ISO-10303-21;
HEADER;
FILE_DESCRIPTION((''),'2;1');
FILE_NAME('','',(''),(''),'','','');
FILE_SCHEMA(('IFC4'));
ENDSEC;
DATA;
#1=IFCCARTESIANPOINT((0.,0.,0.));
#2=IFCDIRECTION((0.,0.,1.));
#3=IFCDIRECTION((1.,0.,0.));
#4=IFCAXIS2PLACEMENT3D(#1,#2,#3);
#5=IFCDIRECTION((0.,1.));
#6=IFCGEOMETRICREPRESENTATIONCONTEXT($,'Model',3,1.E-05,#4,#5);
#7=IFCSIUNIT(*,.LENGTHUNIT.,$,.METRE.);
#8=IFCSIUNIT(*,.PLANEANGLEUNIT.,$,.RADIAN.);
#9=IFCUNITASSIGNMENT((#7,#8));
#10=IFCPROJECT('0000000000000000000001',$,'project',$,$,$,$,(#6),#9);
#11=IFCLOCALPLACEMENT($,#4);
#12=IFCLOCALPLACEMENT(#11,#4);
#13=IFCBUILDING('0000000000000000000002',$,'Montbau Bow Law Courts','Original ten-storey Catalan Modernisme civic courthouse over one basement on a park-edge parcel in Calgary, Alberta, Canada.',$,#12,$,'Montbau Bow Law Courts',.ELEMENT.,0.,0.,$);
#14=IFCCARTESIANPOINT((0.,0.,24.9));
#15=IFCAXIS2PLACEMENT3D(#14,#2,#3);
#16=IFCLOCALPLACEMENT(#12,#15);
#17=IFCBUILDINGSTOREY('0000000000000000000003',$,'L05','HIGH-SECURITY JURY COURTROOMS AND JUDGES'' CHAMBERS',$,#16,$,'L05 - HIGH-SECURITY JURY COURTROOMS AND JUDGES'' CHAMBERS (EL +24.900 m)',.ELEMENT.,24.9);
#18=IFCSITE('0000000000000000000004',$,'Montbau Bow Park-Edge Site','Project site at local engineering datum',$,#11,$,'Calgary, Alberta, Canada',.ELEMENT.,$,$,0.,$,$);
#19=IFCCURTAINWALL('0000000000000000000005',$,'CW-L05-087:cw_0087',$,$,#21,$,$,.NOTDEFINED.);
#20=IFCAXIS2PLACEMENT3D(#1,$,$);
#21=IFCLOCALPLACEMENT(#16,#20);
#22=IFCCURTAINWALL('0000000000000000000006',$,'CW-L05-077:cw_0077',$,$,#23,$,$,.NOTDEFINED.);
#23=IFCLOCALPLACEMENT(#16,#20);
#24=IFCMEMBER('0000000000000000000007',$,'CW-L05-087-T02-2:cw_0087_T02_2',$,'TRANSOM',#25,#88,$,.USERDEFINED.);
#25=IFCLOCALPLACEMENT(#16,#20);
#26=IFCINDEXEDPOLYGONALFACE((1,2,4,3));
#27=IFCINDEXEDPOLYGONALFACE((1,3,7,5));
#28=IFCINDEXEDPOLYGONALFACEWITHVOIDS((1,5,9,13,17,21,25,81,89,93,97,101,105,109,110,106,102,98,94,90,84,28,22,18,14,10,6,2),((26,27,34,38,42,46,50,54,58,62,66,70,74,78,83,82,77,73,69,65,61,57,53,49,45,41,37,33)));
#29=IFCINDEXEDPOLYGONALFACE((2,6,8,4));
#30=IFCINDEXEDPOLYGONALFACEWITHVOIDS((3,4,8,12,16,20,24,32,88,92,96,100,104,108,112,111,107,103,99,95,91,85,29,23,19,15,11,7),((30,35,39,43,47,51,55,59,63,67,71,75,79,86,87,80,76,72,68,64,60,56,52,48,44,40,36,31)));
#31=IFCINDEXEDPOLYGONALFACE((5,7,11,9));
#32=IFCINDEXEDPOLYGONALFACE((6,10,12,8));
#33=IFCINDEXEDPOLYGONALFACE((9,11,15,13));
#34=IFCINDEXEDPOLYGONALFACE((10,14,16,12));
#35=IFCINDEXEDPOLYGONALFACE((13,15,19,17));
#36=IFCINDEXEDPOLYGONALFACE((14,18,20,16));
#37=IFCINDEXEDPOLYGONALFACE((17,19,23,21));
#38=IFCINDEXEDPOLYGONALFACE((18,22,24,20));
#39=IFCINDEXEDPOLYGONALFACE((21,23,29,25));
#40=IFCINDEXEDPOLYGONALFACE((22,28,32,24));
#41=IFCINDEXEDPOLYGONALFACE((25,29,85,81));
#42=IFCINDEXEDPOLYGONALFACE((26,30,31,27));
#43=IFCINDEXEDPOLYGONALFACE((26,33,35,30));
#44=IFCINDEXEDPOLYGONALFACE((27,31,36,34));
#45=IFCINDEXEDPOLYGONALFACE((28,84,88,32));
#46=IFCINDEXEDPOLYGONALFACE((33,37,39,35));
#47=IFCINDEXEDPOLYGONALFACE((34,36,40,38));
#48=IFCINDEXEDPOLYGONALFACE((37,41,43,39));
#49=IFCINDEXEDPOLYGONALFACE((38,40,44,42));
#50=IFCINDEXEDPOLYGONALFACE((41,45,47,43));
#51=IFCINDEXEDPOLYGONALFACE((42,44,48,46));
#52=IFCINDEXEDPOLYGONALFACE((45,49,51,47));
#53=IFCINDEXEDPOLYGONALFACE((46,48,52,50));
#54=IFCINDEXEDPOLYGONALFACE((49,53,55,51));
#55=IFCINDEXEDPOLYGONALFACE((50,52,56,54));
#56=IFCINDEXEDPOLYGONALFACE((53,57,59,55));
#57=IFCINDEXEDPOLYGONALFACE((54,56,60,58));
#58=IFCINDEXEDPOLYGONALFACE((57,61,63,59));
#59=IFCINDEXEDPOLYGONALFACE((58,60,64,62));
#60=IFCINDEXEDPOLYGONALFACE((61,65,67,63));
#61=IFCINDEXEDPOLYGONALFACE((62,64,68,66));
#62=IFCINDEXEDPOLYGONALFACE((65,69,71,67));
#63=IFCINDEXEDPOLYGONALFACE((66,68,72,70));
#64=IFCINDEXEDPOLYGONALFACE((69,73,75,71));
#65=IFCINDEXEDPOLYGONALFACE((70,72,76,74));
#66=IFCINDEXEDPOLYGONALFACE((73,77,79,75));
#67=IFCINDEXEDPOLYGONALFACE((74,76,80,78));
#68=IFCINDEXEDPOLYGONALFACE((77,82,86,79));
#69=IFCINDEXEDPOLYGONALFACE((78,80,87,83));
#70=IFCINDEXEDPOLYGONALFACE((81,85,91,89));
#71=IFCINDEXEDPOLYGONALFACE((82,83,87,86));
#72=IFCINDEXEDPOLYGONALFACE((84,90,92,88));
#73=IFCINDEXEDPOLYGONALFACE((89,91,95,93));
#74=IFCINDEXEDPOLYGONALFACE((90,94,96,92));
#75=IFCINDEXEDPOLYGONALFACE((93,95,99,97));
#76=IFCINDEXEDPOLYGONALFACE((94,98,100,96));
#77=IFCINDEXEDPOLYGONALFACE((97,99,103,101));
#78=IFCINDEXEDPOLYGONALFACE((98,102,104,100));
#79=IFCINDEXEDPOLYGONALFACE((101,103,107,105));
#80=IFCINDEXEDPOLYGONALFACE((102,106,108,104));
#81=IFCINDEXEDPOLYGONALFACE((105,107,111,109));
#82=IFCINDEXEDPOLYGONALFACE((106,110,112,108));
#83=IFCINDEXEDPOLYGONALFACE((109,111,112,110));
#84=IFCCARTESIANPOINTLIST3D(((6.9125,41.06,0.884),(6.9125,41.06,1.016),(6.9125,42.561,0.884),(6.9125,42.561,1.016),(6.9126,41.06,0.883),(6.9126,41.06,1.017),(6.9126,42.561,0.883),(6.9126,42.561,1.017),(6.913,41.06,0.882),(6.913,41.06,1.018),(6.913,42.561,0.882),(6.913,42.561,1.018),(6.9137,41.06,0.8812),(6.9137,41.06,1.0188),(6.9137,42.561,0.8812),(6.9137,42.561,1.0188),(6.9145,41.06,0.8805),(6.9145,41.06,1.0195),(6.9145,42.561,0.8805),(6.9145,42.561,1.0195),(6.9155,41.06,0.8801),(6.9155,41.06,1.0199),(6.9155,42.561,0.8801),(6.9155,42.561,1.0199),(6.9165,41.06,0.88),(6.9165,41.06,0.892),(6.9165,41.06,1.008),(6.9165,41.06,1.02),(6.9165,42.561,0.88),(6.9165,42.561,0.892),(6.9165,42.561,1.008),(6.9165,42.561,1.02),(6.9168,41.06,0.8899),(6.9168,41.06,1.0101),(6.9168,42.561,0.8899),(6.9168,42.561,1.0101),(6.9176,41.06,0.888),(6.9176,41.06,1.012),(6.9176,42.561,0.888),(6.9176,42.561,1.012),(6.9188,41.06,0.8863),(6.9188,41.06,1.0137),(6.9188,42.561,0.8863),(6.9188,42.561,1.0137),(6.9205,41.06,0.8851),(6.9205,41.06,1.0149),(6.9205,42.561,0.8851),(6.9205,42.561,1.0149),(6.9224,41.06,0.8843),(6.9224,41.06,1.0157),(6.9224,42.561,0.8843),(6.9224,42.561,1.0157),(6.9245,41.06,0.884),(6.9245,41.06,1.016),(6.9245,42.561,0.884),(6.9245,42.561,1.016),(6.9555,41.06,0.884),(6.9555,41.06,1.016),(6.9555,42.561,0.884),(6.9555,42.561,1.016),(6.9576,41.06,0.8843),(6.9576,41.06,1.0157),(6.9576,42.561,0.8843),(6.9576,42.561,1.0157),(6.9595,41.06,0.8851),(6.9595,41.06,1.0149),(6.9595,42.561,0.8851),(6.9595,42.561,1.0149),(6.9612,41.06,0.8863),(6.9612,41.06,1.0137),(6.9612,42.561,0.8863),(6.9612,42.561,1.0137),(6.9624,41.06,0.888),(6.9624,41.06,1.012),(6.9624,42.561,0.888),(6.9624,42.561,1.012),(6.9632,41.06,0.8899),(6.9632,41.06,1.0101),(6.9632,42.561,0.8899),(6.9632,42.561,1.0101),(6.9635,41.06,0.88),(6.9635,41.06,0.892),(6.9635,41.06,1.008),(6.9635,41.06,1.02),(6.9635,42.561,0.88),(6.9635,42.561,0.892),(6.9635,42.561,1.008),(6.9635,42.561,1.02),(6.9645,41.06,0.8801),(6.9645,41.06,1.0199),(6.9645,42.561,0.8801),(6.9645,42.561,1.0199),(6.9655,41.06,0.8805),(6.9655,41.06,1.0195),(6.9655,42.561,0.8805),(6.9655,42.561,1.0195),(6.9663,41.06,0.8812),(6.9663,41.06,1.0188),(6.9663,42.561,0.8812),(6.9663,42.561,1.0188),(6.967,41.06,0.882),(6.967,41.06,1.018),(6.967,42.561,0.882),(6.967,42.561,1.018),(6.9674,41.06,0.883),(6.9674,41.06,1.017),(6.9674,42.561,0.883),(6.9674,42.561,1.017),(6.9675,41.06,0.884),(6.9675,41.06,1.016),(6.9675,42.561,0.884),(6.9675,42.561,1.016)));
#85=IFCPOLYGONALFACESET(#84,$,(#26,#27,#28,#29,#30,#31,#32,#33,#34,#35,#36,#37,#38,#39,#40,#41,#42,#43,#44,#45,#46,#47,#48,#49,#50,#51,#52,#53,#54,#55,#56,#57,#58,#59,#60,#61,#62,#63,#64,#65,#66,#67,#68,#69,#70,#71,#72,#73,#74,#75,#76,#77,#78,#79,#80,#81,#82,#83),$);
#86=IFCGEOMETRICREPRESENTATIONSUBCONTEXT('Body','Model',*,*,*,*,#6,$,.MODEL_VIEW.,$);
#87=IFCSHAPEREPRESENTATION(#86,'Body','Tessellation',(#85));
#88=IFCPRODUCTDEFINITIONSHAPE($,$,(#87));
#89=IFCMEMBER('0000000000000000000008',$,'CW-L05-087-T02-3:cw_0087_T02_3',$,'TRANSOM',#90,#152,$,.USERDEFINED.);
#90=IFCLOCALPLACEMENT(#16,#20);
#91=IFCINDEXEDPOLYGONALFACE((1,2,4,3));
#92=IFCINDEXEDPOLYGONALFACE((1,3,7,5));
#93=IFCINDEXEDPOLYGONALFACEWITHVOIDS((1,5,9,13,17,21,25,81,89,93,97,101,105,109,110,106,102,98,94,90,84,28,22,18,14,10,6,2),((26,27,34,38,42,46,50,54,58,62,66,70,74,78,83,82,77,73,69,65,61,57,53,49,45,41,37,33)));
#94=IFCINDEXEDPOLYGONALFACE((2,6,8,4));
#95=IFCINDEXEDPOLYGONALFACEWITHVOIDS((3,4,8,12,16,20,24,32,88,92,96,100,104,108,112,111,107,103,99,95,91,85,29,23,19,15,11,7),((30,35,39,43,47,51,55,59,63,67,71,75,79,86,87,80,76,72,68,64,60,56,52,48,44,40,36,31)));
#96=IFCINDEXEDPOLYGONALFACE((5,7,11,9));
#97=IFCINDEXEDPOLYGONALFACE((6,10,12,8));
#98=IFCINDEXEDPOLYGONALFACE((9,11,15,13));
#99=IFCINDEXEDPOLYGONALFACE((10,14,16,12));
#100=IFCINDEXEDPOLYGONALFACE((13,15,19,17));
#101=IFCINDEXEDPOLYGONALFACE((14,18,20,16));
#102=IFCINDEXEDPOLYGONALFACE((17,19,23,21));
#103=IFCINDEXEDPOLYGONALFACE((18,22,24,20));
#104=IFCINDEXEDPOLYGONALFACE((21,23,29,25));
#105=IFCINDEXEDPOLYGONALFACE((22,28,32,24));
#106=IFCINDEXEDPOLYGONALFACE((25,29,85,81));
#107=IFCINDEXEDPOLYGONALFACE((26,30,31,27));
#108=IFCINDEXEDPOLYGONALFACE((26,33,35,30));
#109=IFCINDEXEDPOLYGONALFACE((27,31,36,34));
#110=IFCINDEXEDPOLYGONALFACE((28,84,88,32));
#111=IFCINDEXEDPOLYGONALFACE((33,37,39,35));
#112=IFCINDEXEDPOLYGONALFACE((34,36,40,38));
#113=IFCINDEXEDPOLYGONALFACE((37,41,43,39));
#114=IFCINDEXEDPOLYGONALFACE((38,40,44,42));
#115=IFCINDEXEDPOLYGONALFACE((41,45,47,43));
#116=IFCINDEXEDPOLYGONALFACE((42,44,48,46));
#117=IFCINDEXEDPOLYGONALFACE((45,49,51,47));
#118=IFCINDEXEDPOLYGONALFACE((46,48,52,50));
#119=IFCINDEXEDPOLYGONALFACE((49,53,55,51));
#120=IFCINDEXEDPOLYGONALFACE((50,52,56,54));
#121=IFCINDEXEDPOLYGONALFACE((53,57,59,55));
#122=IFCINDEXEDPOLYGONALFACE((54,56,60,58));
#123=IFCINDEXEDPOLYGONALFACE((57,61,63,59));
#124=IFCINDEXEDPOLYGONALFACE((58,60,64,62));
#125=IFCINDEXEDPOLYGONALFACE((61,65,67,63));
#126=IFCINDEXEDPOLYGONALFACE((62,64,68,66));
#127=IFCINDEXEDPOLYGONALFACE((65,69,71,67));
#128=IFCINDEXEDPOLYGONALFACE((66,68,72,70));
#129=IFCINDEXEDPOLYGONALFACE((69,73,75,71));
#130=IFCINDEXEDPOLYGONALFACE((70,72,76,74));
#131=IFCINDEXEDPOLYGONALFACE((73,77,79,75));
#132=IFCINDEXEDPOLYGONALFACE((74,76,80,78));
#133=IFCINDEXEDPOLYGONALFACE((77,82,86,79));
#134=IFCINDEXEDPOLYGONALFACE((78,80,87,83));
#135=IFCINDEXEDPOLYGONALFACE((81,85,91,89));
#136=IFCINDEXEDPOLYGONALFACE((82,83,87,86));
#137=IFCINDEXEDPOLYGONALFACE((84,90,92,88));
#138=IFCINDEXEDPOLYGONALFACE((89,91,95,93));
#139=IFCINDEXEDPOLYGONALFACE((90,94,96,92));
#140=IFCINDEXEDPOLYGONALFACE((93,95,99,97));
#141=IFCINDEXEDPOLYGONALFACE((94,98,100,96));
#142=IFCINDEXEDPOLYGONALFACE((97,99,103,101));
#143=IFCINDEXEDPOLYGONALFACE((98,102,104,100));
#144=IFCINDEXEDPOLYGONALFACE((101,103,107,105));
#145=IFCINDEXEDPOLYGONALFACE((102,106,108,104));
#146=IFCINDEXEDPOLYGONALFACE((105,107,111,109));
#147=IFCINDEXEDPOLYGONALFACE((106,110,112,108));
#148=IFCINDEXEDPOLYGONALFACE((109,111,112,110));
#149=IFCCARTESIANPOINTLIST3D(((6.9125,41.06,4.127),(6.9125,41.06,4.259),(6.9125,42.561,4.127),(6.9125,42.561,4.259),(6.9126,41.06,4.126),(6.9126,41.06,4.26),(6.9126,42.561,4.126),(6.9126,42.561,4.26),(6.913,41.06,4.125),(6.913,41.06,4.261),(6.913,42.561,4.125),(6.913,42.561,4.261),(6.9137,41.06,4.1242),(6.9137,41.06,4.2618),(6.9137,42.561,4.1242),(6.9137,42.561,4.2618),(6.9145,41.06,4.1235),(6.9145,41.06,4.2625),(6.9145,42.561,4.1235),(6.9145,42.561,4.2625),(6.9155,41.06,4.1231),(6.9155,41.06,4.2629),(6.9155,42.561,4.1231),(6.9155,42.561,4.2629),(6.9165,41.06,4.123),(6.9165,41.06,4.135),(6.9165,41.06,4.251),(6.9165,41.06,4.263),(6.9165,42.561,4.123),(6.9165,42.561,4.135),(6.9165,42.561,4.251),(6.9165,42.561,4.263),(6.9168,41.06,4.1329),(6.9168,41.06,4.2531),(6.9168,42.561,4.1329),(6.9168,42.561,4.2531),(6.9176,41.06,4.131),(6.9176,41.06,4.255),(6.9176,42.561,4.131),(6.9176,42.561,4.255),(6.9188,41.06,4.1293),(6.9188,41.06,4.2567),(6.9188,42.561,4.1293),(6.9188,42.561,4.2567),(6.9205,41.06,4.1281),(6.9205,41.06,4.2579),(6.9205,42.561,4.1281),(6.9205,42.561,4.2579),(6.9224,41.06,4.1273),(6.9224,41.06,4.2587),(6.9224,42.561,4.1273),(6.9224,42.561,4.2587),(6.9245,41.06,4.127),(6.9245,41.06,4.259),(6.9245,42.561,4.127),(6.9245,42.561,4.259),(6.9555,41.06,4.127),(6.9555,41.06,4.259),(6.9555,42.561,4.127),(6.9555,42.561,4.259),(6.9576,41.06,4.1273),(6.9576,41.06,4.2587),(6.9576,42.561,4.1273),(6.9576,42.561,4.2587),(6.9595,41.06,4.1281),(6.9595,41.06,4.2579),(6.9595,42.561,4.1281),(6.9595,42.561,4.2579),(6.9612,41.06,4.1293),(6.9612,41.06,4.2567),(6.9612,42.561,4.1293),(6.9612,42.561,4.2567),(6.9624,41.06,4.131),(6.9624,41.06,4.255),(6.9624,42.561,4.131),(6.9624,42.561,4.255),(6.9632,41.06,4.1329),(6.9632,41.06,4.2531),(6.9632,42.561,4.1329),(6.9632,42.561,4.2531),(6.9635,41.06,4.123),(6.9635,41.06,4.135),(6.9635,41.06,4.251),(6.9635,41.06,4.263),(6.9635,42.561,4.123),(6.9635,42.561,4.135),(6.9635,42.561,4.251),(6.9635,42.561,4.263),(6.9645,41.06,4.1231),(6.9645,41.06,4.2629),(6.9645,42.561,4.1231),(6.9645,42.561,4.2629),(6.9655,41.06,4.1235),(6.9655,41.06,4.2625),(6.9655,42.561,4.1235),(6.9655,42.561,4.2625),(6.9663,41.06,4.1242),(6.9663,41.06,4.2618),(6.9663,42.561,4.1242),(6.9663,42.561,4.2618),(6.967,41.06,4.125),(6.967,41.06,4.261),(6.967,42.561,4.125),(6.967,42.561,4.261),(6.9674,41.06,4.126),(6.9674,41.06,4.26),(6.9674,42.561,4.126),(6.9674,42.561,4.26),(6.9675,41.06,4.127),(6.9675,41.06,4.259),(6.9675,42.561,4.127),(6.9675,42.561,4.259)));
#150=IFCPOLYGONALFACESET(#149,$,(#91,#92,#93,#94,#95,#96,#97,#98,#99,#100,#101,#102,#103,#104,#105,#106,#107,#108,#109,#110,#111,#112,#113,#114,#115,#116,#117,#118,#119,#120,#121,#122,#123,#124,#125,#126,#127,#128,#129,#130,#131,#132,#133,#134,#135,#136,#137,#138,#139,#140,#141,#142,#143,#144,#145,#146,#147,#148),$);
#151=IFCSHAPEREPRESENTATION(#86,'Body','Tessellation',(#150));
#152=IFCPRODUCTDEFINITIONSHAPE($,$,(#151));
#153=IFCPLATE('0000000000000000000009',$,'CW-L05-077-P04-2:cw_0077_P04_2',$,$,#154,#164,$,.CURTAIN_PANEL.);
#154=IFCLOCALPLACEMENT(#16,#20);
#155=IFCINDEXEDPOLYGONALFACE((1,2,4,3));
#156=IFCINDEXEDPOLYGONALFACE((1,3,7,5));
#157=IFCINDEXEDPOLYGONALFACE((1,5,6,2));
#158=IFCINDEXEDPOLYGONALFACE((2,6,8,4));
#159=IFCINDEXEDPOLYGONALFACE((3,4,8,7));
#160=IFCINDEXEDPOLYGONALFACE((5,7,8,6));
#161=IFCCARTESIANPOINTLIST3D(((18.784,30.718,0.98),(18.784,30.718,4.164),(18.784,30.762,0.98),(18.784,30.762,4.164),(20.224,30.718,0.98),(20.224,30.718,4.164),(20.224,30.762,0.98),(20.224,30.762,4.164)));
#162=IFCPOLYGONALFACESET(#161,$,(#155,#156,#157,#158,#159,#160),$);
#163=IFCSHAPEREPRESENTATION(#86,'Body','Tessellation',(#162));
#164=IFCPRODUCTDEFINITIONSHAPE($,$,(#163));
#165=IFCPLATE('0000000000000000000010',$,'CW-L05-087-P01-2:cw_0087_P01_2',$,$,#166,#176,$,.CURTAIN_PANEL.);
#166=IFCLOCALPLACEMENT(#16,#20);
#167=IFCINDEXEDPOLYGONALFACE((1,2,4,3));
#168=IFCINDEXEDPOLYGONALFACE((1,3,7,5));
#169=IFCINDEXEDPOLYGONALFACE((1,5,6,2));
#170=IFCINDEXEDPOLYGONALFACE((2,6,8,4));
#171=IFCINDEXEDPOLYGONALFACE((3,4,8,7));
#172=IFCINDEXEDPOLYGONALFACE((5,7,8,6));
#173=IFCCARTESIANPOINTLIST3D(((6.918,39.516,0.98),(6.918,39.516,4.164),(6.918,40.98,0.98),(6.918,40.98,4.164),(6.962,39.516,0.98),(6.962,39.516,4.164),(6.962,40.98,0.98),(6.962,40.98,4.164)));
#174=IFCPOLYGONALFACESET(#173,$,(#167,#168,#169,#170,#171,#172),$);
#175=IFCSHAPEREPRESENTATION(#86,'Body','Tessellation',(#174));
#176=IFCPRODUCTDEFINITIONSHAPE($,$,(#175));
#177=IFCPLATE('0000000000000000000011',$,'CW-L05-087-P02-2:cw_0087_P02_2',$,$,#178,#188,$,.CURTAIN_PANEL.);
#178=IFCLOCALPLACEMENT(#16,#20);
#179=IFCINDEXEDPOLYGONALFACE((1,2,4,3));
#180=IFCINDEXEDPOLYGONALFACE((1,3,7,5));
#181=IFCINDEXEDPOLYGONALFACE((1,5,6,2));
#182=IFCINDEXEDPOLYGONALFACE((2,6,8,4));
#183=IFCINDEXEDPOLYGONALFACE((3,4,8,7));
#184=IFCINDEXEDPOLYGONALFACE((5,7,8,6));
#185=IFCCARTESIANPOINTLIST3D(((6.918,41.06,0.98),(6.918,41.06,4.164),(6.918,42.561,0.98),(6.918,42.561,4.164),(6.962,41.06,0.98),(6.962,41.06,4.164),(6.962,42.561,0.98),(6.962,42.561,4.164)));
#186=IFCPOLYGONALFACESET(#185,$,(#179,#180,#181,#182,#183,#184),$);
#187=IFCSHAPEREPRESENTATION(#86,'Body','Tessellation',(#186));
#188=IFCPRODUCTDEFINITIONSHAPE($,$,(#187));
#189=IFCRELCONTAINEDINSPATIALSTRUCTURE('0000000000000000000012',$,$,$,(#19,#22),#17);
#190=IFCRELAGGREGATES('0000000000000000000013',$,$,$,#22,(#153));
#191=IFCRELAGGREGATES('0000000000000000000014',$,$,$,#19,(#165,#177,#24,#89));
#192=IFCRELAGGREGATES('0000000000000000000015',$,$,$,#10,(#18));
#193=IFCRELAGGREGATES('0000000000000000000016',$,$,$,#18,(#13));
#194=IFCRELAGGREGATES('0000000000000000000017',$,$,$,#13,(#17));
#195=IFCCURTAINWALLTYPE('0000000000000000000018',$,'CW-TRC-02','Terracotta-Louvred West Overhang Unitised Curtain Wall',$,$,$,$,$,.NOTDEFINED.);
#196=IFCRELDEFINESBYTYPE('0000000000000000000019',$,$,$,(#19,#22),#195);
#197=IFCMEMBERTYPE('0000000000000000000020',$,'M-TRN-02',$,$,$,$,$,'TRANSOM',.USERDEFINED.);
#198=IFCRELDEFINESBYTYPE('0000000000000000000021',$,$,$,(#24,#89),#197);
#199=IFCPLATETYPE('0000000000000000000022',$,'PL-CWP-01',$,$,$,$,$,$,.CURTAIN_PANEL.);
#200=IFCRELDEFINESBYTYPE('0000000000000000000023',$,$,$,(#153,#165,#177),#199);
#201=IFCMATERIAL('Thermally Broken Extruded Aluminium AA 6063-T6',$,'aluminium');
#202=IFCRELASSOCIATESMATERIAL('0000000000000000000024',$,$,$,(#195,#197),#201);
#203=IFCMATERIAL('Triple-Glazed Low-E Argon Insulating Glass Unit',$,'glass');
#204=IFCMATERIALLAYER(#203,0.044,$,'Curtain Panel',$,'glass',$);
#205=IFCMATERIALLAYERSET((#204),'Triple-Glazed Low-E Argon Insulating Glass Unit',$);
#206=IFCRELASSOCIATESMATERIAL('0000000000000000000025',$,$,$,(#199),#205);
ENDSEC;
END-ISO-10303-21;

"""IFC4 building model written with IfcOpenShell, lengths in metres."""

from ifc_helpers import new_model, si_unit, direction, frame, frame_2d, origin_with_axes, origin_2d_with_axis, place, context, subcontext, project, spatial, rectangle, hollow_rectangle, extrude, material, layer, layer_set, material_profile, profile_set, type_object, element, aggregate, save


model = new_model("IFC4")

# Units and contexts
model_context = context("Model", 3, precision=1e-05, world=origin_with_axes(), true_north=direction((0.0, 1.0)))
body_context = subcontext(model_context, "Body", "Model", "MODEL_VIEW")
ifc_project = project(units=[si_unit("LENGTHUNIT", "METRE"), si_unit("PLANEANGLEUNIT", "RADIAN")], contexts=[model_context])

# Site, building, storey
site_placement = place(None, origin_with_axes())
site = spatial("IfcSite", under=ifc_project, at=site_placement, Name="Montbau Bow Park-Edge Site", Description="Project site at local engineering datum", LongName="Calgary, Alberta, Canada", CompositionType="ELEMENT", RefElevation=0.0)
building_placement = place(site_placement, origin_with_axes())
building = spatial("IfcBuilding", under=site, at=building_placement, Name="Montbau Bow Law Courts", Description="Original ten-storey Catalan Modernisme civic courthouse over one basement on a park-edge parcel in Calgary, Alberta, Canada.", LongName="Montbau Bow Law Courts", CompositionType="ELEMENT", ElevationOfRefHeight=0.0, ElevationOfTerrain=0.0)
storey_placement = place(building_placement, frame((0.0, 0.0, 24.9), z_axis=(0.0, 0.0, 1.0), x_axis=(1.0, 0.0, 0.0)))
storey = spatial("IfcBuildingStorey", under=building, at=storey_placement, Name="L05", Description="HIGH-SECURITY JURY COURTROOMS AND JUDGES' CHAMBERS", LongName="L05 - HIGH-SECURITY JURY COURTROOMS AND JUDGES' CHAMBERS (EL +24.900 m)", CompositionType="ELEMENT", Elevation=24.9)

# Curtain wall
ifc_material_1 = material(Name="Thermally Broken Extruded Aluminium AA 6063-T6", Category="aluminium")
curtain_wall_type = type_object("IfcCurtainWallType", Name="CW-TRC-02", Description="Terracotta-Louvred West Overhang Unitised Curtain Wall", PredefinedType="NOTDEFINED", material=ifc_material_1)
curtain_wall_1_placement = place(None, frame((6.94, 39.44, 24.9), z_axis=(0.0, 0.0, 1.0), x_axis=(1.0, 0.0, 0.0)))
curtain_wall_1 = element("IfcCurtainWall", 1, at=curtain_wall_1_placement, inside=storey, type_object=curtain_wall_type, Name="CW-L05-087:cw_0087", PredefinedType="NOTDEFINED")

# Curtain wall
curtain_wall_2_placement = place(None, frame((14.24, 30.74, 24.9), z_axis=(0.0, 0.0, 1.0), x_axis=(1.0, 0.0, 0.0)))
curtain_wall_2 = element("IfcCurtainWall", 2, at=curtain_wall_2_placement, inside=storey, type_object=curtain_wall_type, Name="CW-L05-077:cw_0077", PredefinedType="NOTDEFINED")
ifc_material_profile_1 = material_profile(ifc_material_1, hollow_rectangle(XDim=0.055, YDim=0.14, WallThickness=0.004, InnerFilletRadius=0.008, OuterFilletRadius=0.004, at=origin_2d_with_axis()), Name="CWT-140X55", Category="Main", Priority=0)
ifc_profile_set_1 = profile_set([ifc_material_profile_1], Name="Thermally Broken Extruded Aluminium AA 6063-T6")
member_type_1 = type_object("IfcMemberType", Name="M-TRN-02", ElementType="TRANSOM", PredefinedType="USERDEFINED", material=ifc_profile_set_1)

# Members
member_1_placement = place(None, frame((6.94, 41.06, 25.85), z_axis=(0.0, 1.0, 0.0), x_axis=(-1.0, 0.0, 0.0)))
member_1 = element("IfcMember", 3, at=member_1_placement, type_object=member_type_1, Name="CW-L05-087-T02-2:cw_0087_T02_2", ObjectType="TRANSOM", PredefinedType="USERDEFINED", context=body_context, shape_type="SweptSolid", body=[
    extrude(hollow_rectangle(XDim=0.055, YDim=0.14, WallThickness=0.004, InnerFilletRadius=0.008, OuterFilletRadius=0.004, at=origin_2d_with_axis()), origin_with_axes(), (0.0, 0.0, 1.0), 1.501),
])
member_2_placement = place(None, frame((6.94, 41.06, 29.093), z_axis=(0.0, 1.0, 0.0), x_axis=(-1.0, 0.0, 0.0)))
member_2 = element("IfcMember", 4, at=member_2_placement, type_object=member_type_1, Name="CW-L05-087-T02-3:cw_0087_T02_3", ObjectType="TRANSOM", PredefinedType="USERDEFINED", context=body_context, shape_type="SweptSolid", body=[
    extrude(hollow_rectangle(XDim=0.055, YDim=0.14, WallThickness=0.004, InnerFilletRadius=0.008, OuterFilletRadius=0.004, at=origin_2d_with_axis()), origin_with_axes(), (0.0, 0.0, 1.0), 1.501),
])

# Plates
ifc_material_2 = material(Name="Triple-Glazed Low-E Argon Insulating Glass Unit", Category="glass")
ifc_layer_1 = layer(ifc_material_2, 0.044, Name="Curtain Panel", Category="glass")
ifc_layer_set_1 = layer_set([ifc_layer_1], Name="Triple-Glazed Low-E Argon Insulating Glass Unit")
plate_type_1 = type_object("IfcPlateType", Name="PL-CWP-01", PredefinedType="CURTAIN_PANEL", material=ifc_layer_set_1)
plate_1_placement = place(None, frame((18.784, 30.74, 25.88), z_axis=(0.0, -1.0, 0.0), x_axis=(1.0, 0.0, 0.0)))
plate_1 = element("IfcPlate", 5, at=plate_1_placement, type_object=plate_type_1, Name="CW-L05-077-P04-2:cw_0077_P04_2", PredefinedType="CURTAIN_PANEL", context=body_context, shape_type="SweptSolid", body=[
    extrude(rectangle(XDim=1.44, YDim=3.184, at=frame_2d((0.72, 1.592), x_axis=(1.0, 0.0))), frame((0.0, 0.0, -0.022), z_axis=(0.0, 0.0, 1.0), x_axis=(1.0, 0.0, 0.0)), (0.0, 0.0, 1.0), 0.044),
])
plate_2_placement = place(None, frame((6.94, 39.516, 25.88), z_axis=(1.0, 0.0, 0.0), x_axis=(0.0, 1.0, 0.0)))
plate_2 = element("IfcPlate", 6, at=plate_2_placement, type_object=plate_type_1, Name="CW-L05-087-P01-2:cw_0087_P01_2", PredefinedType="CURTAIN_PANEL", context=body_context, shape_type="SweptSolid", body=[
    extrude(rectangle(XDim=1.464, YDim=3.184, at=frame_2d((0.732, 1.592), x_axis=(1.0, 0.0))), frame((0.0, 0.0, -0.022), z_axis=(0.0, 0.0, 1.0), x_axis=(1.0, 0.0, 0.0)), (0.0, 0.0, 1.0), 0.044),
])
plate_3_placement = place(None, frame((6.94, 41.06, 25.88), z_axis=(1.0, 0.0, 0.0), x_axis=(0.0, 1.0, 0.0)))
plate_3 = element("IfcPlate", 7, at=plate_3_placement, type_object=plate_type_1, Name="CW-L05-087-P02-2:cw_0087_P02_2", PredefinedType="CURTAIN_PANEL", context=body_context, shape_type="SweptSolid", body=[
    extrude(rectangle(XDim=1.501, YDim=3.184, at=frame_2d((0.7505, 1.592), x_axis=(1.0, 0.0))), frame((0.0, 0.0, -0.022), z_axis=(0.0, 0.0, 1.0), x_axis=(1.0, 0.0, 0.0)), (0.0, 0.0, 1.0), 0.044),
])
aggregate(curtain_wall_2, [plate_1])
aggregate(curtain_wall_1, [plate_2, plate_3, member_1, member_2])

save(model, "model.ifc")
